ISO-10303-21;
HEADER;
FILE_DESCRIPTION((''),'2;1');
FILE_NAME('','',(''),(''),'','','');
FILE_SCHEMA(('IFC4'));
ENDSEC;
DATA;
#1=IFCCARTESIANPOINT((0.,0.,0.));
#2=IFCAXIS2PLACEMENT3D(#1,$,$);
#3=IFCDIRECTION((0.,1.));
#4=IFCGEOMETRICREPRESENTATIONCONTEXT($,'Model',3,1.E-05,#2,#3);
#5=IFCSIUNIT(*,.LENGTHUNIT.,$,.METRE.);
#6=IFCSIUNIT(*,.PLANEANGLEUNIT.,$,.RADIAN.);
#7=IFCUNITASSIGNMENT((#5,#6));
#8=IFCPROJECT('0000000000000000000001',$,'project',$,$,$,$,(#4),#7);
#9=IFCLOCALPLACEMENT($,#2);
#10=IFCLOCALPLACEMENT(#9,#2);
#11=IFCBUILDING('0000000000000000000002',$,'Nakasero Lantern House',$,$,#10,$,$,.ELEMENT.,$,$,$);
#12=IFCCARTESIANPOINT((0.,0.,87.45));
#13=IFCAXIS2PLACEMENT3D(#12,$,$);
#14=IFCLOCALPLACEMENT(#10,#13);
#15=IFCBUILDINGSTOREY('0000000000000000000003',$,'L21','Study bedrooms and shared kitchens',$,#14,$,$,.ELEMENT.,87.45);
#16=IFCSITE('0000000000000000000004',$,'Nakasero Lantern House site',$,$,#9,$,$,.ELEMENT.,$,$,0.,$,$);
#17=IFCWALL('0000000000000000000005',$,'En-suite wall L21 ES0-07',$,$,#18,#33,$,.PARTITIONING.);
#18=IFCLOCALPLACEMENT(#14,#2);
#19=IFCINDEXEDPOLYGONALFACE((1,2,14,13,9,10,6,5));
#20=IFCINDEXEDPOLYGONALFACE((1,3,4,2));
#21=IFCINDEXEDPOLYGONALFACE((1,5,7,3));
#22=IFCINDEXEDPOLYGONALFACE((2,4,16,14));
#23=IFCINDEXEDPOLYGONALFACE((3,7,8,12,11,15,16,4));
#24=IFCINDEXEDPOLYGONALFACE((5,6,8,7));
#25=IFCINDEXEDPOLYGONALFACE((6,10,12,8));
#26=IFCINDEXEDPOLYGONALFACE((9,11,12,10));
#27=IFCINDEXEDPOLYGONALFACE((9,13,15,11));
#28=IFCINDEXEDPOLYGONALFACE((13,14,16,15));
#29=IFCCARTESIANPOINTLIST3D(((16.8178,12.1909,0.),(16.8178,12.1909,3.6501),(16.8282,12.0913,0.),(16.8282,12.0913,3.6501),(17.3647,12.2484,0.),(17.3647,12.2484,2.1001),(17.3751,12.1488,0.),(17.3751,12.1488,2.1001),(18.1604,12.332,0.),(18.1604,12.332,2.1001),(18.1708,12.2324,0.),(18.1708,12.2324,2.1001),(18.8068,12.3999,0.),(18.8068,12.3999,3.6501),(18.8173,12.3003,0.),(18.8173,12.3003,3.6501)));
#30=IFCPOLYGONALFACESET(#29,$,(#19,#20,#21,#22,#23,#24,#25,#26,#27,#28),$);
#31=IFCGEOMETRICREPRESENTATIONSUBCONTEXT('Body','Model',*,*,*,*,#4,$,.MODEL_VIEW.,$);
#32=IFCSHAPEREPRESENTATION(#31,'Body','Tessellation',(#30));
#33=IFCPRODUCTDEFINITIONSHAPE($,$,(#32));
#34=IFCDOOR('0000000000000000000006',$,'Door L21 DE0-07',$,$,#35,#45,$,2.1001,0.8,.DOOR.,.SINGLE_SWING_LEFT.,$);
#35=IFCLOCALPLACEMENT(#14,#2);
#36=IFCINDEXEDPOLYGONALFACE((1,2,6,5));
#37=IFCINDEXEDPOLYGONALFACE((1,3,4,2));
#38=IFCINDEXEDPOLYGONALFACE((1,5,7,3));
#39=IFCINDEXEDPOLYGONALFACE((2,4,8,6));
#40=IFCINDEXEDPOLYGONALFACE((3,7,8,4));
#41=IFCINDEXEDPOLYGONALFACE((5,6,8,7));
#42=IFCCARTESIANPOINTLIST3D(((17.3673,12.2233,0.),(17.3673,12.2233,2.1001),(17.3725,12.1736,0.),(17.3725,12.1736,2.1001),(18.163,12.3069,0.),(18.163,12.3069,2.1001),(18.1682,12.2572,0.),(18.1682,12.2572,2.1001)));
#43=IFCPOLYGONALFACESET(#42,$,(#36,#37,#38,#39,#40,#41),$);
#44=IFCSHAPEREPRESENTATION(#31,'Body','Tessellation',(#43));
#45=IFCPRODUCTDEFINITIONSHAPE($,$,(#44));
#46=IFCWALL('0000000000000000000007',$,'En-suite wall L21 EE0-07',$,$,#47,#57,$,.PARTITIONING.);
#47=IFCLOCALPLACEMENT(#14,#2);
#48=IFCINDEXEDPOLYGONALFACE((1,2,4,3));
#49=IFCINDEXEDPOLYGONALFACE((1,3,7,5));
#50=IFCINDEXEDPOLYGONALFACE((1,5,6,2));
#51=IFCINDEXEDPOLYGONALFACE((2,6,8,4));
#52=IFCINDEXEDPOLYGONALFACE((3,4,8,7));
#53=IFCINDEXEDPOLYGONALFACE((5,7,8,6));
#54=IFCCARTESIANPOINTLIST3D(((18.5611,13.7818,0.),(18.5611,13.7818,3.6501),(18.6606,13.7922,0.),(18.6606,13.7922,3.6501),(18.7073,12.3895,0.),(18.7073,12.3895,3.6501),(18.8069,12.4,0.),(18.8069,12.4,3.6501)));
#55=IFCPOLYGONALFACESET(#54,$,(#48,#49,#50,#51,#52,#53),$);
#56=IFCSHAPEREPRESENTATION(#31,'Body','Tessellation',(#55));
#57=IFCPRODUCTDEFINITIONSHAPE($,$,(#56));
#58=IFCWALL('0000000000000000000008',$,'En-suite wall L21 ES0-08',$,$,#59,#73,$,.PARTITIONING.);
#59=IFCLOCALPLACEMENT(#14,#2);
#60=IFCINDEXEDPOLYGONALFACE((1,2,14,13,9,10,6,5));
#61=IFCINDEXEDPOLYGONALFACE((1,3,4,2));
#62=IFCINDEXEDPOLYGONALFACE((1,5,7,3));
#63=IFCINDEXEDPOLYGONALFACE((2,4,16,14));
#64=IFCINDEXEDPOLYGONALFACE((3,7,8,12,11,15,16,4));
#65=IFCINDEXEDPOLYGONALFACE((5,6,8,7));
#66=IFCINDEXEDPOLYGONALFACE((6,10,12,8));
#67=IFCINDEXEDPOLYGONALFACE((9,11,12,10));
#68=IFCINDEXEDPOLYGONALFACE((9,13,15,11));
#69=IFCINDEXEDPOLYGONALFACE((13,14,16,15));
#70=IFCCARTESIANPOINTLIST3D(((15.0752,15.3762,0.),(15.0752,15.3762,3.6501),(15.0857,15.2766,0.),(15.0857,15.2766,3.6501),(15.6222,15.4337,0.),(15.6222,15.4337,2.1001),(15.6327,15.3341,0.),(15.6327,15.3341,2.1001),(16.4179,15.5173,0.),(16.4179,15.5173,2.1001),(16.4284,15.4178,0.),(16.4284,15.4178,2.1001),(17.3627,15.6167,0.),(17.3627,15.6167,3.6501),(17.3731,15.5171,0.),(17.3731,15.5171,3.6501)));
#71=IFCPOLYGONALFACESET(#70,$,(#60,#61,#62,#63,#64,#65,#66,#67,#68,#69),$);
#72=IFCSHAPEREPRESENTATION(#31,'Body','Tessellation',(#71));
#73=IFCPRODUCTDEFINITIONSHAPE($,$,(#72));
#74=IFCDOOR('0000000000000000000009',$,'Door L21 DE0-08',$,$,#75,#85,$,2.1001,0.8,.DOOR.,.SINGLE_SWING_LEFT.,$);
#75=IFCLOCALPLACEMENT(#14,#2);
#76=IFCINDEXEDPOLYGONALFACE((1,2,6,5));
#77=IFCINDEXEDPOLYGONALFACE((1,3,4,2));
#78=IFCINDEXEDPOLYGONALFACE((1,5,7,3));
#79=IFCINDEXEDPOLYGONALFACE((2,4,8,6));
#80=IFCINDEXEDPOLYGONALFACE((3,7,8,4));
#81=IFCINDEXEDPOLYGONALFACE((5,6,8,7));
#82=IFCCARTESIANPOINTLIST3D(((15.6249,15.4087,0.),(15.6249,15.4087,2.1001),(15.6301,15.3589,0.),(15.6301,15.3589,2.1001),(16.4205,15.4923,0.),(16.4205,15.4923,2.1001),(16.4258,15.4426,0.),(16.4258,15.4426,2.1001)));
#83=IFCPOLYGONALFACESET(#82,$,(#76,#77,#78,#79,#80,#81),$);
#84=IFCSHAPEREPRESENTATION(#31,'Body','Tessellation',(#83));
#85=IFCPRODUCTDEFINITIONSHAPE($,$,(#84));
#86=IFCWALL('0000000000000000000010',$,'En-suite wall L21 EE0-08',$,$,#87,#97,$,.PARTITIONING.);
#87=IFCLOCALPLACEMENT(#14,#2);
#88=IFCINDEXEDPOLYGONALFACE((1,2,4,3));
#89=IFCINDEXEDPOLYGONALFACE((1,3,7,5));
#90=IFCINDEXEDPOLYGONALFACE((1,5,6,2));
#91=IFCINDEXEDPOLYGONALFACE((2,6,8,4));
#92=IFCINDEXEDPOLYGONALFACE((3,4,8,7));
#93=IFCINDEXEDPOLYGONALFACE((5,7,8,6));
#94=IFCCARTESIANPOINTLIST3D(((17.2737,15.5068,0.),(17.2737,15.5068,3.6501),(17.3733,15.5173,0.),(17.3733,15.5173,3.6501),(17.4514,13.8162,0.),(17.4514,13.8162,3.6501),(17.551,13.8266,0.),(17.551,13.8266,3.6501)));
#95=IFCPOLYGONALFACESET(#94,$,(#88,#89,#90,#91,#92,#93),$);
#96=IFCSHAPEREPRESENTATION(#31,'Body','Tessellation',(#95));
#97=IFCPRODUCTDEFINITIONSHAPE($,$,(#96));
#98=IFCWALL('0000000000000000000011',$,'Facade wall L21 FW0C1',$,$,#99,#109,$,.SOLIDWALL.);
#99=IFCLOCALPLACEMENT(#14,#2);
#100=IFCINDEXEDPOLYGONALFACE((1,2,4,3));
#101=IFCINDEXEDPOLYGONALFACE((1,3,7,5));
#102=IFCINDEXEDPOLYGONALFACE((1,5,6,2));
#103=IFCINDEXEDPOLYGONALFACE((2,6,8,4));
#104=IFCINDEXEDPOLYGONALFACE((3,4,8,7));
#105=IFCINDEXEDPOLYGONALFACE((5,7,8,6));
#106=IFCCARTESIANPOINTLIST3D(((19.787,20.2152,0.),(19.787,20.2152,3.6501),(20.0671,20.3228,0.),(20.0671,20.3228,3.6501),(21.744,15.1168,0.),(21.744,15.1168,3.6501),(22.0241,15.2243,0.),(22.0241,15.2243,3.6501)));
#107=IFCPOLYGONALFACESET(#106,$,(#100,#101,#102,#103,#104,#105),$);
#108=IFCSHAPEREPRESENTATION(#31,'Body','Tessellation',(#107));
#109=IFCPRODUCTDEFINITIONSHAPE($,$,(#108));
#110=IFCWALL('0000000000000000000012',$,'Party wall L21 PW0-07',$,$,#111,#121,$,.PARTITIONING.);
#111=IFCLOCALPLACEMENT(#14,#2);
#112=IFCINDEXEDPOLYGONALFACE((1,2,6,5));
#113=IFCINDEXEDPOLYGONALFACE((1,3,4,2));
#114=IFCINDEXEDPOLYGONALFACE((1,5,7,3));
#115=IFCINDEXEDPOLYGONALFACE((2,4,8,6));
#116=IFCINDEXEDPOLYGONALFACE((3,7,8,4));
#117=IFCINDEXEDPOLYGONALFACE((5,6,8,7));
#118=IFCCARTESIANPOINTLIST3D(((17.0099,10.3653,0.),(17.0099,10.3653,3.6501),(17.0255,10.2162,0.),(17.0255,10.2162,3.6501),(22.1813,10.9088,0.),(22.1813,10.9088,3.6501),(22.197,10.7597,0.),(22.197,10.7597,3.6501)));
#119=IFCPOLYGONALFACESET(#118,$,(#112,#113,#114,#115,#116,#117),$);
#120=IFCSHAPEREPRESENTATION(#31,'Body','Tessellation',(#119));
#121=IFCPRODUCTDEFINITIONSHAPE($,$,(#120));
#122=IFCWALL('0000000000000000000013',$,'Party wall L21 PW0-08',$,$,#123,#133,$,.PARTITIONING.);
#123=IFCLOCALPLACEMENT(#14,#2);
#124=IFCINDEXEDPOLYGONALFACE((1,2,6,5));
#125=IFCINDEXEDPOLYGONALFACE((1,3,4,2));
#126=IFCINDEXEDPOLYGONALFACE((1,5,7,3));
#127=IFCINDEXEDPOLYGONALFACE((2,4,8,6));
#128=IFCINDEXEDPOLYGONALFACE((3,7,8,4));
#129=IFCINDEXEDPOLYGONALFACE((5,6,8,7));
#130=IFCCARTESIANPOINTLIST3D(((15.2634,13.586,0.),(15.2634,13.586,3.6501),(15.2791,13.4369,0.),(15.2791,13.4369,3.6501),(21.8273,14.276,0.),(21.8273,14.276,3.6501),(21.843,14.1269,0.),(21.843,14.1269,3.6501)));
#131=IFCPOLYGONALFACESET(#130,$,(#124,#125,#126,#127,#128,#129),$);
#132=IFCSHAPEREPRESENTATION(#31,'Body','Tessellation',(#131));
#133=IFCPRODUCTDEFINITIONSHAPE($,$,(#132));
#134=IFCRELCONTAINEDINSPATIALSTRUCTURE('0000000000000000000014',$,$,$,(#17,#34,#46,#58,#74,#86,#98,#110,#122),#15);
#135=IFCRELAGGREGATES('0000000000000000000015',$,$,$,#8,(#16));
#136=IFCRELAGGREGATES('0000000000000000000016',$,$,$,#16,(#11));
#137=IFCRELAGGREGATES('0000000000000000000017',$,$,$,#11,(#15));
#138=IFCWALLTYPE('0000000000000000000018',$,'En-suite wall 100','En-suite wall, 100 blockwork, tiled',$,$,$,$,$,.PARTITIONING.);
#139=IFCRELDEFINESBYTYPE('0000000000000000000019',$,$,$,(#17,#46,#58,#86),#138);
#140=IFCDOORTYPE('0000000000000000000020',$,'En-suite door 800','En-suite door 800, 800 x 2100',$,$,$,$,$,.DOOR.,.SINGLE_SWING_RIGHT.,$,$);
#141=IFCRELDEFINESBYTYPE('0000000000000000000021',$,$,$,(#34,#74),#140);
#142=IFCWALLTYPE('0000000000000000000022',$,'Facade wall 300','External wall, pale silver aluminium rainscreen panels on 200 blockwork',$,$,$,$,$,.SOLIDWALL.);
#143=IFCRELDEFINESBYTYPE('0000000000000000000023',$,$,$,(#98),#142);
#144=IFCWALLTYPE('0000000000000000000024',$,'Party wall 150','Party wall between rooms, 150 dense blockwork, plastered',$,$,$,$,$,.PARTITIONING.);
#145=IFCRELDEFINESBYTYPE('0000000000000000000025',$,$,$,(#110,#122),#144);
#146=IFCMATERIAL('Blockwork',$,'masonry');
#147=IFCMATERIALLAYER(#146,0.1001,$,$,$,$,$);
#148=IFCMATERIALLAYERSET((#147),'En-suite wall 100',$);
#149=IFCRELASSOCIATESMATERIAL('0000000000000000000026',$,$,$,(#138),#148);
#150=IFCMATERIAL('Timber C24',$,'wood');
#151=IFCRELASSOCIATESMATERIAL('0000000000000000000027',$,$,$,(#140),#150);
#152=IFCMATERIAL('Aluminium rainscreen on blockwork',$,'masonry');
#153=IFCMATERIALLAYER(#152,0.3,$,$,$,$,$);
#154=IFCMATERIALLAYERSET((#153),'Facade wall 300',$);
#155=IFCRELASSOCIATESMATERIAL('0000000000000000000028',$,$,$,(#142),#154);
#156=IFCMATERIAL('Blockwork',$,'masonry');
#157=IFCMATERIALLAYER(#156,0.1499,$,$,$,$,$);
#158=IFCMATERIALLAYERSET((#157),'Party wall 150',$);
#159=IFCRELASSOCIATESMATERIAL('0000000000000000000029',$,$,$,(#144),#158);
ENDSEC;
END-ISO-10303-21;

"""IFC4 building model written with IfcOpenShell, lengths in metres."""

from ifc_helpers import new_model, si_unit, direction, frame, frame_2d, origin, place, context, subcontext, project, spatial, rectangle, extrude, material, layer, layer_set, type_object, element, fill, save


model = new_model("IFC4")

# Units and contexts
model_context = context("Model", 3, precision=1e-05, world=origin(), true_north=direction((0.0, 1.0)))
body_context = subcontext(model_context, "Body", "Model", "MODEL_VIEW")
ifc_project = project(units=[si_unit("LENGTHUNIT", "METRE"), si_unit("PLANEANGLEUNIT", "RADIAN")], contexts=[model_context])

# Site, building, storey
site_placement = place(None, origin())
site = spatial("IfcSite", under=ifc_project, at=site_placement, Name="Nakasero Lantern House site", CompositionType="ELEMENT", RefElevation=0.0)
building_placement = place(site_placement, origin())
building = spatial("IfcBuilding", under=site, at=building_placement, Name="Nakasero Lantern House", CompositionType="ELEMENT")
storey_placement = place(building_placement, frame((0.0, 0.0, 87.45)))
storey = spatial("IfcBuildingStorey", under=building, at=storey_placement, Name="L21", Description="Study bedrooms and shared kitchens", CompositionType="ELEMENT", Elevation=87.45)

# Wall, opening, door
ifc_material_1 = material(Name="Blockwork", Category="masonry")
ifc_layer_1 = layer(ifc_material_1, 0.1001)
ifc_layer_set_1 = layer_set([ifc_layer_1], Name="En-suite wall 100")
wall_type_1 = type_object("IfcWallType", Name="En-suite wall 100", Description="En-suite wall, 100 blockwork, tiled", PredefinedType="PARTITIONING", material=ifc_layer_set_1)
wall_1_placement = place(storey_placement, frame((16.823, 12.1411, 0.0), z_axis=(0.0, 0.0, 1.0), x_axis=(0.994526, 0.104494, 0.0)))
wall_1 = element("IfcWall", 1, at=wall_1_placement, inside=storey, type_object=wall_type_1, Name="En-suite wall L21 ES0-07", PredefinedType="PARTITIONING", context=body_context, shape_type="SweptSolid", body=[
    extrude(rectangle(XDim=2.0, YDim=0.1001, at=frame_2d((1.0, 0.0))), origin(), (0.0, 0.0, 1.0), 3.6501),
])
opening_1_placement = place(wall_1_placement, frame((0.55, 0.0, 0.0)))
opening_1 = element("IfcOpeningElement", 2, at=opening_1_placement, cuts=wall_1, PredefinedType="OPENING", context=body_context, shape_type="SweptSolid", body=[
    extrude(rectangle(XDim=0.8, YDim=2.1001, at=frame_2d((0.3999, 1.05))), frame((0.0, 0.0701, 0.0), z_axis=(0.0, -1.0, 0.0), x_axis=(1.0, 0.0, 0.0)), (0.0, 0.0, 1.0), 0.1401),
])
ifc_material_2 = material(Name="Timber C24", Category="wood")
door_type = type_object("IfcDoorType", Name="En-suite door 800", Description="En-suite door 800, 800 x 2100", OperationType="SINGLE_SWING_RIGHT", PredefinedType="DOOR", material=ifc_material_2)
door_1_placement = place(opening_1_placement, origin())
door_1 = element("IfcDoor", 3, at=door_1_placement, inside=storey, type_object=door_type, Name="Door L21 DE0-07", OperationType="SINGLE_SWING_LEFT", OverallHeight=2.1001, OverallWidth=0.8, PredefinedType="DOOR", context=body_context, shape_type="SweptSolid", body=[
    extrude(rectangle(XDim=0.8, YDim=2.1001, at=frame_2d((0.3999, 1.05))), frame((0.0, 0.0249, 0.0), z_axis=(0.0, -1.0, 0.0), x_axis=(1.0, 0.0, 0.0)), (0.0, 0.0, 1.0), 0.05),
])
fill(opening_1, door_1)

# Wall
wall_2_placement = place(storey_placement, frame((18.7571, 12.3948, 0.0), z_axis=(0.0, 0.0, 1.0), x_axis=(-0.104458, 0.994529, 0.0)))
element("IfcWall", 4, at=wall_2_placement, inside=storey, type_object=wall_type_1, Name="En-suite wall L21 EE0-07", PredefinedType="PARTITIONING", context=body_context, shape_type="SweptSolid", body=[
    extrude(rectangle(XDim=1.3999, YDim=0.1001, at=frame_2d((0.7, 0.0))), origin(), (0.0, 0.0, 1.0), 3.6501),
])

# Wall, opening, door
wall_3_placement = place(storey_placement, frame((15.0806, 15.3264, 0.0), z_axis=(0.0, 0.0, 1.0), x_axis=(0.994519, 0.104558, 0.0)))
wall_3 = element("IfcWall", 5, at=wall_3_placement, inside=storey, type_object=wall_type_1, Name="En-suite wall L21 ES0-08", PredefinedType="PARTITIONING", context=body_context, shape_type="SweptSolid", body=[
    extrude(rectangle(XDim=2.3, YDim=0.1001, at=frame_2d((1.1499, 0.0))), origin(), (0.0, 0.0, 1.0), 3.6501),
])
opening_2_placement = place(wall_3_placement, frame((0.55, 0.0, 0.0)))
opening_2 = element("IfcOpeningElement", 6, at=opening_2_placement, cuts=wall_3, PredefinedType="OPENING", context=body_context, shape_type="SweptSolid", body=[
    extrude(rectangle(XDim=0.8, YDim=2.1001, at=frame_2d((0.3999, 1.05))), frame((0.0, 0.0701, 0.0), z_axis=(0.0, -1.0, 0.0), x_axis=(1.0, 0.0, 0.0)), (0.0, 0.0, 1.0), 0.1401),
])
door_2_placement = place(opening_2_placement, origin())
door_2 = element("IfcDoor", 7, at=door_2_placement, inside=storey, type_object=door_type, Name="Door L21 DE0-08", OperationType="SINGLE_SWING_LEFT", OverallHeight=2.1001, OverallWidth=0.8, PredefinedType="DOOR", context=body_context, shape_type="SweptSolid", body=[
    extrude(rectangle(XDim=0.8, YDim=2.1001, at=frame_2d((0.3999, 1.05))), frame((0.0, 0.0249, 0.0), z_axis=(0.0, -1.0, 0.0), x_axis=(1.0, 0.0, 0.0)), (0.0, 0.0, 1.0), 0.05),
])
fill(opening_2, door_2)

# Walls
wall_4_placement = place(storey_placement, frame((17.5012, 13.8213, 0.0), z_axis=(0.0, 0.0, 1.0), x_axis=(-0.10455, 0.99452, 0.0)))
element("IfcWall", 8, at=wall_4_placement, inside=storey, type_object=wall_type_1, Name="En-suite wall L21 EE0-08", PredefinedType="PARTITIONING", context=body_context, shape_type="SweptSolid", body=[
    extrude(rectangle(XDim=1.7, YDim=0.1001, at=frame_2d((0.8501, 0.0))), origin(), (0.0, 0.0, 1.0), 3.6501),
])
ifc_material_3 = material(Name="Aluminium rainscreen on blockwork", Category="masonry")
ifc_layer_2 = layer(ifc_material_3, 0.3)
ifc_layer_set_2 = layer_set([ifc_layer_2], Name="Facade wall 300")
wall_type_2 = type_object("IfcWallType", Name="Facade wall 300", Description="External wall, pale silver aluminium rainscreen panels on 200 blockwork", PredefinedType="SOLIDWALL", material=ifc_layer_set_2)
wall_5_placement = place(storey_placement, frame((21.884, 15.1707, 0.0), z_axis=(0.0, 0.0, 1.0), x_axis=(-0.358359, 0.933584, 0.0)))
element("IfcWall", 9, at=wall_5_placement, inside=storey, type_object=wall_type_2, Name="Facade wall L21 FW0C1", PredefinedType="SOLIDWALL", context=body_context, shape_type="SweptSolid", body=[
    extrude(rectangle(XDim=5.4612, YDim=0.3, at=frame_2d((2.7305, 0.0))), origin(), (0.0, 0.0, 1.0), 3.6501),
])
ifc_material_4 = material(Name="Blockwork", Category="masonry")
ifc_layer_3 = layer(ifc_material_4, 0.1499)
ifc_layer_set_3 = layer_set([ifc_layer_3], Name="Party wall 150")
wall_type_3 = type_object("IfcWallType", Name="Party wall 150", Description="Party wall between rooms, 150 dense blockwork, plastered", PredefinedType="PARTITIONING", material=ifc_layer_set_3)
wall_6_placement = place(storey_placement, frame((17.0176, 10.2908, 0.0), z_axis=(0.0, 0.0, 1.0), x_axis=(0.994523, 0.104514, 0.0)))
element("IfcWall", 10, at=wall_6_placement, inside=storey, type_object=wall_type_3, Name="Party wall L21 PW0-07", PredefinedType="PARTITIONING", context=body_context, shape_type="SweptSolid", body=[
    extrude(rectangle(XDim=5.2, YDim=0.1499, at=frame_2d((2.6001, 0.0))), origin(), (0.0, 0.0, 1.0), 3.6501),
])
wall_7_placement = place(storey_placement, frame((15.2712, 13.5115, 0.0), z_axis=(0.0, 0.0, 1.0), x_axis=(0.994521, 0.104535, 0.0)))
element("IfcWall", 11, at=wall_7_placement, inside=storey, type_object=wall_type_3, Name="Party wall L21 PW0-08", PredefinedType="PARTITIONING", context=body_context, shape_type="SweptSolid", body=[
    extrude(rectangle(XDim=6.6001, YDim=0.1499, at=frame_2d((3.3, 0.0))), origin(), (0.0, 0.0, 1.0), 3.6501),
])

save(model, "model.ifc")
